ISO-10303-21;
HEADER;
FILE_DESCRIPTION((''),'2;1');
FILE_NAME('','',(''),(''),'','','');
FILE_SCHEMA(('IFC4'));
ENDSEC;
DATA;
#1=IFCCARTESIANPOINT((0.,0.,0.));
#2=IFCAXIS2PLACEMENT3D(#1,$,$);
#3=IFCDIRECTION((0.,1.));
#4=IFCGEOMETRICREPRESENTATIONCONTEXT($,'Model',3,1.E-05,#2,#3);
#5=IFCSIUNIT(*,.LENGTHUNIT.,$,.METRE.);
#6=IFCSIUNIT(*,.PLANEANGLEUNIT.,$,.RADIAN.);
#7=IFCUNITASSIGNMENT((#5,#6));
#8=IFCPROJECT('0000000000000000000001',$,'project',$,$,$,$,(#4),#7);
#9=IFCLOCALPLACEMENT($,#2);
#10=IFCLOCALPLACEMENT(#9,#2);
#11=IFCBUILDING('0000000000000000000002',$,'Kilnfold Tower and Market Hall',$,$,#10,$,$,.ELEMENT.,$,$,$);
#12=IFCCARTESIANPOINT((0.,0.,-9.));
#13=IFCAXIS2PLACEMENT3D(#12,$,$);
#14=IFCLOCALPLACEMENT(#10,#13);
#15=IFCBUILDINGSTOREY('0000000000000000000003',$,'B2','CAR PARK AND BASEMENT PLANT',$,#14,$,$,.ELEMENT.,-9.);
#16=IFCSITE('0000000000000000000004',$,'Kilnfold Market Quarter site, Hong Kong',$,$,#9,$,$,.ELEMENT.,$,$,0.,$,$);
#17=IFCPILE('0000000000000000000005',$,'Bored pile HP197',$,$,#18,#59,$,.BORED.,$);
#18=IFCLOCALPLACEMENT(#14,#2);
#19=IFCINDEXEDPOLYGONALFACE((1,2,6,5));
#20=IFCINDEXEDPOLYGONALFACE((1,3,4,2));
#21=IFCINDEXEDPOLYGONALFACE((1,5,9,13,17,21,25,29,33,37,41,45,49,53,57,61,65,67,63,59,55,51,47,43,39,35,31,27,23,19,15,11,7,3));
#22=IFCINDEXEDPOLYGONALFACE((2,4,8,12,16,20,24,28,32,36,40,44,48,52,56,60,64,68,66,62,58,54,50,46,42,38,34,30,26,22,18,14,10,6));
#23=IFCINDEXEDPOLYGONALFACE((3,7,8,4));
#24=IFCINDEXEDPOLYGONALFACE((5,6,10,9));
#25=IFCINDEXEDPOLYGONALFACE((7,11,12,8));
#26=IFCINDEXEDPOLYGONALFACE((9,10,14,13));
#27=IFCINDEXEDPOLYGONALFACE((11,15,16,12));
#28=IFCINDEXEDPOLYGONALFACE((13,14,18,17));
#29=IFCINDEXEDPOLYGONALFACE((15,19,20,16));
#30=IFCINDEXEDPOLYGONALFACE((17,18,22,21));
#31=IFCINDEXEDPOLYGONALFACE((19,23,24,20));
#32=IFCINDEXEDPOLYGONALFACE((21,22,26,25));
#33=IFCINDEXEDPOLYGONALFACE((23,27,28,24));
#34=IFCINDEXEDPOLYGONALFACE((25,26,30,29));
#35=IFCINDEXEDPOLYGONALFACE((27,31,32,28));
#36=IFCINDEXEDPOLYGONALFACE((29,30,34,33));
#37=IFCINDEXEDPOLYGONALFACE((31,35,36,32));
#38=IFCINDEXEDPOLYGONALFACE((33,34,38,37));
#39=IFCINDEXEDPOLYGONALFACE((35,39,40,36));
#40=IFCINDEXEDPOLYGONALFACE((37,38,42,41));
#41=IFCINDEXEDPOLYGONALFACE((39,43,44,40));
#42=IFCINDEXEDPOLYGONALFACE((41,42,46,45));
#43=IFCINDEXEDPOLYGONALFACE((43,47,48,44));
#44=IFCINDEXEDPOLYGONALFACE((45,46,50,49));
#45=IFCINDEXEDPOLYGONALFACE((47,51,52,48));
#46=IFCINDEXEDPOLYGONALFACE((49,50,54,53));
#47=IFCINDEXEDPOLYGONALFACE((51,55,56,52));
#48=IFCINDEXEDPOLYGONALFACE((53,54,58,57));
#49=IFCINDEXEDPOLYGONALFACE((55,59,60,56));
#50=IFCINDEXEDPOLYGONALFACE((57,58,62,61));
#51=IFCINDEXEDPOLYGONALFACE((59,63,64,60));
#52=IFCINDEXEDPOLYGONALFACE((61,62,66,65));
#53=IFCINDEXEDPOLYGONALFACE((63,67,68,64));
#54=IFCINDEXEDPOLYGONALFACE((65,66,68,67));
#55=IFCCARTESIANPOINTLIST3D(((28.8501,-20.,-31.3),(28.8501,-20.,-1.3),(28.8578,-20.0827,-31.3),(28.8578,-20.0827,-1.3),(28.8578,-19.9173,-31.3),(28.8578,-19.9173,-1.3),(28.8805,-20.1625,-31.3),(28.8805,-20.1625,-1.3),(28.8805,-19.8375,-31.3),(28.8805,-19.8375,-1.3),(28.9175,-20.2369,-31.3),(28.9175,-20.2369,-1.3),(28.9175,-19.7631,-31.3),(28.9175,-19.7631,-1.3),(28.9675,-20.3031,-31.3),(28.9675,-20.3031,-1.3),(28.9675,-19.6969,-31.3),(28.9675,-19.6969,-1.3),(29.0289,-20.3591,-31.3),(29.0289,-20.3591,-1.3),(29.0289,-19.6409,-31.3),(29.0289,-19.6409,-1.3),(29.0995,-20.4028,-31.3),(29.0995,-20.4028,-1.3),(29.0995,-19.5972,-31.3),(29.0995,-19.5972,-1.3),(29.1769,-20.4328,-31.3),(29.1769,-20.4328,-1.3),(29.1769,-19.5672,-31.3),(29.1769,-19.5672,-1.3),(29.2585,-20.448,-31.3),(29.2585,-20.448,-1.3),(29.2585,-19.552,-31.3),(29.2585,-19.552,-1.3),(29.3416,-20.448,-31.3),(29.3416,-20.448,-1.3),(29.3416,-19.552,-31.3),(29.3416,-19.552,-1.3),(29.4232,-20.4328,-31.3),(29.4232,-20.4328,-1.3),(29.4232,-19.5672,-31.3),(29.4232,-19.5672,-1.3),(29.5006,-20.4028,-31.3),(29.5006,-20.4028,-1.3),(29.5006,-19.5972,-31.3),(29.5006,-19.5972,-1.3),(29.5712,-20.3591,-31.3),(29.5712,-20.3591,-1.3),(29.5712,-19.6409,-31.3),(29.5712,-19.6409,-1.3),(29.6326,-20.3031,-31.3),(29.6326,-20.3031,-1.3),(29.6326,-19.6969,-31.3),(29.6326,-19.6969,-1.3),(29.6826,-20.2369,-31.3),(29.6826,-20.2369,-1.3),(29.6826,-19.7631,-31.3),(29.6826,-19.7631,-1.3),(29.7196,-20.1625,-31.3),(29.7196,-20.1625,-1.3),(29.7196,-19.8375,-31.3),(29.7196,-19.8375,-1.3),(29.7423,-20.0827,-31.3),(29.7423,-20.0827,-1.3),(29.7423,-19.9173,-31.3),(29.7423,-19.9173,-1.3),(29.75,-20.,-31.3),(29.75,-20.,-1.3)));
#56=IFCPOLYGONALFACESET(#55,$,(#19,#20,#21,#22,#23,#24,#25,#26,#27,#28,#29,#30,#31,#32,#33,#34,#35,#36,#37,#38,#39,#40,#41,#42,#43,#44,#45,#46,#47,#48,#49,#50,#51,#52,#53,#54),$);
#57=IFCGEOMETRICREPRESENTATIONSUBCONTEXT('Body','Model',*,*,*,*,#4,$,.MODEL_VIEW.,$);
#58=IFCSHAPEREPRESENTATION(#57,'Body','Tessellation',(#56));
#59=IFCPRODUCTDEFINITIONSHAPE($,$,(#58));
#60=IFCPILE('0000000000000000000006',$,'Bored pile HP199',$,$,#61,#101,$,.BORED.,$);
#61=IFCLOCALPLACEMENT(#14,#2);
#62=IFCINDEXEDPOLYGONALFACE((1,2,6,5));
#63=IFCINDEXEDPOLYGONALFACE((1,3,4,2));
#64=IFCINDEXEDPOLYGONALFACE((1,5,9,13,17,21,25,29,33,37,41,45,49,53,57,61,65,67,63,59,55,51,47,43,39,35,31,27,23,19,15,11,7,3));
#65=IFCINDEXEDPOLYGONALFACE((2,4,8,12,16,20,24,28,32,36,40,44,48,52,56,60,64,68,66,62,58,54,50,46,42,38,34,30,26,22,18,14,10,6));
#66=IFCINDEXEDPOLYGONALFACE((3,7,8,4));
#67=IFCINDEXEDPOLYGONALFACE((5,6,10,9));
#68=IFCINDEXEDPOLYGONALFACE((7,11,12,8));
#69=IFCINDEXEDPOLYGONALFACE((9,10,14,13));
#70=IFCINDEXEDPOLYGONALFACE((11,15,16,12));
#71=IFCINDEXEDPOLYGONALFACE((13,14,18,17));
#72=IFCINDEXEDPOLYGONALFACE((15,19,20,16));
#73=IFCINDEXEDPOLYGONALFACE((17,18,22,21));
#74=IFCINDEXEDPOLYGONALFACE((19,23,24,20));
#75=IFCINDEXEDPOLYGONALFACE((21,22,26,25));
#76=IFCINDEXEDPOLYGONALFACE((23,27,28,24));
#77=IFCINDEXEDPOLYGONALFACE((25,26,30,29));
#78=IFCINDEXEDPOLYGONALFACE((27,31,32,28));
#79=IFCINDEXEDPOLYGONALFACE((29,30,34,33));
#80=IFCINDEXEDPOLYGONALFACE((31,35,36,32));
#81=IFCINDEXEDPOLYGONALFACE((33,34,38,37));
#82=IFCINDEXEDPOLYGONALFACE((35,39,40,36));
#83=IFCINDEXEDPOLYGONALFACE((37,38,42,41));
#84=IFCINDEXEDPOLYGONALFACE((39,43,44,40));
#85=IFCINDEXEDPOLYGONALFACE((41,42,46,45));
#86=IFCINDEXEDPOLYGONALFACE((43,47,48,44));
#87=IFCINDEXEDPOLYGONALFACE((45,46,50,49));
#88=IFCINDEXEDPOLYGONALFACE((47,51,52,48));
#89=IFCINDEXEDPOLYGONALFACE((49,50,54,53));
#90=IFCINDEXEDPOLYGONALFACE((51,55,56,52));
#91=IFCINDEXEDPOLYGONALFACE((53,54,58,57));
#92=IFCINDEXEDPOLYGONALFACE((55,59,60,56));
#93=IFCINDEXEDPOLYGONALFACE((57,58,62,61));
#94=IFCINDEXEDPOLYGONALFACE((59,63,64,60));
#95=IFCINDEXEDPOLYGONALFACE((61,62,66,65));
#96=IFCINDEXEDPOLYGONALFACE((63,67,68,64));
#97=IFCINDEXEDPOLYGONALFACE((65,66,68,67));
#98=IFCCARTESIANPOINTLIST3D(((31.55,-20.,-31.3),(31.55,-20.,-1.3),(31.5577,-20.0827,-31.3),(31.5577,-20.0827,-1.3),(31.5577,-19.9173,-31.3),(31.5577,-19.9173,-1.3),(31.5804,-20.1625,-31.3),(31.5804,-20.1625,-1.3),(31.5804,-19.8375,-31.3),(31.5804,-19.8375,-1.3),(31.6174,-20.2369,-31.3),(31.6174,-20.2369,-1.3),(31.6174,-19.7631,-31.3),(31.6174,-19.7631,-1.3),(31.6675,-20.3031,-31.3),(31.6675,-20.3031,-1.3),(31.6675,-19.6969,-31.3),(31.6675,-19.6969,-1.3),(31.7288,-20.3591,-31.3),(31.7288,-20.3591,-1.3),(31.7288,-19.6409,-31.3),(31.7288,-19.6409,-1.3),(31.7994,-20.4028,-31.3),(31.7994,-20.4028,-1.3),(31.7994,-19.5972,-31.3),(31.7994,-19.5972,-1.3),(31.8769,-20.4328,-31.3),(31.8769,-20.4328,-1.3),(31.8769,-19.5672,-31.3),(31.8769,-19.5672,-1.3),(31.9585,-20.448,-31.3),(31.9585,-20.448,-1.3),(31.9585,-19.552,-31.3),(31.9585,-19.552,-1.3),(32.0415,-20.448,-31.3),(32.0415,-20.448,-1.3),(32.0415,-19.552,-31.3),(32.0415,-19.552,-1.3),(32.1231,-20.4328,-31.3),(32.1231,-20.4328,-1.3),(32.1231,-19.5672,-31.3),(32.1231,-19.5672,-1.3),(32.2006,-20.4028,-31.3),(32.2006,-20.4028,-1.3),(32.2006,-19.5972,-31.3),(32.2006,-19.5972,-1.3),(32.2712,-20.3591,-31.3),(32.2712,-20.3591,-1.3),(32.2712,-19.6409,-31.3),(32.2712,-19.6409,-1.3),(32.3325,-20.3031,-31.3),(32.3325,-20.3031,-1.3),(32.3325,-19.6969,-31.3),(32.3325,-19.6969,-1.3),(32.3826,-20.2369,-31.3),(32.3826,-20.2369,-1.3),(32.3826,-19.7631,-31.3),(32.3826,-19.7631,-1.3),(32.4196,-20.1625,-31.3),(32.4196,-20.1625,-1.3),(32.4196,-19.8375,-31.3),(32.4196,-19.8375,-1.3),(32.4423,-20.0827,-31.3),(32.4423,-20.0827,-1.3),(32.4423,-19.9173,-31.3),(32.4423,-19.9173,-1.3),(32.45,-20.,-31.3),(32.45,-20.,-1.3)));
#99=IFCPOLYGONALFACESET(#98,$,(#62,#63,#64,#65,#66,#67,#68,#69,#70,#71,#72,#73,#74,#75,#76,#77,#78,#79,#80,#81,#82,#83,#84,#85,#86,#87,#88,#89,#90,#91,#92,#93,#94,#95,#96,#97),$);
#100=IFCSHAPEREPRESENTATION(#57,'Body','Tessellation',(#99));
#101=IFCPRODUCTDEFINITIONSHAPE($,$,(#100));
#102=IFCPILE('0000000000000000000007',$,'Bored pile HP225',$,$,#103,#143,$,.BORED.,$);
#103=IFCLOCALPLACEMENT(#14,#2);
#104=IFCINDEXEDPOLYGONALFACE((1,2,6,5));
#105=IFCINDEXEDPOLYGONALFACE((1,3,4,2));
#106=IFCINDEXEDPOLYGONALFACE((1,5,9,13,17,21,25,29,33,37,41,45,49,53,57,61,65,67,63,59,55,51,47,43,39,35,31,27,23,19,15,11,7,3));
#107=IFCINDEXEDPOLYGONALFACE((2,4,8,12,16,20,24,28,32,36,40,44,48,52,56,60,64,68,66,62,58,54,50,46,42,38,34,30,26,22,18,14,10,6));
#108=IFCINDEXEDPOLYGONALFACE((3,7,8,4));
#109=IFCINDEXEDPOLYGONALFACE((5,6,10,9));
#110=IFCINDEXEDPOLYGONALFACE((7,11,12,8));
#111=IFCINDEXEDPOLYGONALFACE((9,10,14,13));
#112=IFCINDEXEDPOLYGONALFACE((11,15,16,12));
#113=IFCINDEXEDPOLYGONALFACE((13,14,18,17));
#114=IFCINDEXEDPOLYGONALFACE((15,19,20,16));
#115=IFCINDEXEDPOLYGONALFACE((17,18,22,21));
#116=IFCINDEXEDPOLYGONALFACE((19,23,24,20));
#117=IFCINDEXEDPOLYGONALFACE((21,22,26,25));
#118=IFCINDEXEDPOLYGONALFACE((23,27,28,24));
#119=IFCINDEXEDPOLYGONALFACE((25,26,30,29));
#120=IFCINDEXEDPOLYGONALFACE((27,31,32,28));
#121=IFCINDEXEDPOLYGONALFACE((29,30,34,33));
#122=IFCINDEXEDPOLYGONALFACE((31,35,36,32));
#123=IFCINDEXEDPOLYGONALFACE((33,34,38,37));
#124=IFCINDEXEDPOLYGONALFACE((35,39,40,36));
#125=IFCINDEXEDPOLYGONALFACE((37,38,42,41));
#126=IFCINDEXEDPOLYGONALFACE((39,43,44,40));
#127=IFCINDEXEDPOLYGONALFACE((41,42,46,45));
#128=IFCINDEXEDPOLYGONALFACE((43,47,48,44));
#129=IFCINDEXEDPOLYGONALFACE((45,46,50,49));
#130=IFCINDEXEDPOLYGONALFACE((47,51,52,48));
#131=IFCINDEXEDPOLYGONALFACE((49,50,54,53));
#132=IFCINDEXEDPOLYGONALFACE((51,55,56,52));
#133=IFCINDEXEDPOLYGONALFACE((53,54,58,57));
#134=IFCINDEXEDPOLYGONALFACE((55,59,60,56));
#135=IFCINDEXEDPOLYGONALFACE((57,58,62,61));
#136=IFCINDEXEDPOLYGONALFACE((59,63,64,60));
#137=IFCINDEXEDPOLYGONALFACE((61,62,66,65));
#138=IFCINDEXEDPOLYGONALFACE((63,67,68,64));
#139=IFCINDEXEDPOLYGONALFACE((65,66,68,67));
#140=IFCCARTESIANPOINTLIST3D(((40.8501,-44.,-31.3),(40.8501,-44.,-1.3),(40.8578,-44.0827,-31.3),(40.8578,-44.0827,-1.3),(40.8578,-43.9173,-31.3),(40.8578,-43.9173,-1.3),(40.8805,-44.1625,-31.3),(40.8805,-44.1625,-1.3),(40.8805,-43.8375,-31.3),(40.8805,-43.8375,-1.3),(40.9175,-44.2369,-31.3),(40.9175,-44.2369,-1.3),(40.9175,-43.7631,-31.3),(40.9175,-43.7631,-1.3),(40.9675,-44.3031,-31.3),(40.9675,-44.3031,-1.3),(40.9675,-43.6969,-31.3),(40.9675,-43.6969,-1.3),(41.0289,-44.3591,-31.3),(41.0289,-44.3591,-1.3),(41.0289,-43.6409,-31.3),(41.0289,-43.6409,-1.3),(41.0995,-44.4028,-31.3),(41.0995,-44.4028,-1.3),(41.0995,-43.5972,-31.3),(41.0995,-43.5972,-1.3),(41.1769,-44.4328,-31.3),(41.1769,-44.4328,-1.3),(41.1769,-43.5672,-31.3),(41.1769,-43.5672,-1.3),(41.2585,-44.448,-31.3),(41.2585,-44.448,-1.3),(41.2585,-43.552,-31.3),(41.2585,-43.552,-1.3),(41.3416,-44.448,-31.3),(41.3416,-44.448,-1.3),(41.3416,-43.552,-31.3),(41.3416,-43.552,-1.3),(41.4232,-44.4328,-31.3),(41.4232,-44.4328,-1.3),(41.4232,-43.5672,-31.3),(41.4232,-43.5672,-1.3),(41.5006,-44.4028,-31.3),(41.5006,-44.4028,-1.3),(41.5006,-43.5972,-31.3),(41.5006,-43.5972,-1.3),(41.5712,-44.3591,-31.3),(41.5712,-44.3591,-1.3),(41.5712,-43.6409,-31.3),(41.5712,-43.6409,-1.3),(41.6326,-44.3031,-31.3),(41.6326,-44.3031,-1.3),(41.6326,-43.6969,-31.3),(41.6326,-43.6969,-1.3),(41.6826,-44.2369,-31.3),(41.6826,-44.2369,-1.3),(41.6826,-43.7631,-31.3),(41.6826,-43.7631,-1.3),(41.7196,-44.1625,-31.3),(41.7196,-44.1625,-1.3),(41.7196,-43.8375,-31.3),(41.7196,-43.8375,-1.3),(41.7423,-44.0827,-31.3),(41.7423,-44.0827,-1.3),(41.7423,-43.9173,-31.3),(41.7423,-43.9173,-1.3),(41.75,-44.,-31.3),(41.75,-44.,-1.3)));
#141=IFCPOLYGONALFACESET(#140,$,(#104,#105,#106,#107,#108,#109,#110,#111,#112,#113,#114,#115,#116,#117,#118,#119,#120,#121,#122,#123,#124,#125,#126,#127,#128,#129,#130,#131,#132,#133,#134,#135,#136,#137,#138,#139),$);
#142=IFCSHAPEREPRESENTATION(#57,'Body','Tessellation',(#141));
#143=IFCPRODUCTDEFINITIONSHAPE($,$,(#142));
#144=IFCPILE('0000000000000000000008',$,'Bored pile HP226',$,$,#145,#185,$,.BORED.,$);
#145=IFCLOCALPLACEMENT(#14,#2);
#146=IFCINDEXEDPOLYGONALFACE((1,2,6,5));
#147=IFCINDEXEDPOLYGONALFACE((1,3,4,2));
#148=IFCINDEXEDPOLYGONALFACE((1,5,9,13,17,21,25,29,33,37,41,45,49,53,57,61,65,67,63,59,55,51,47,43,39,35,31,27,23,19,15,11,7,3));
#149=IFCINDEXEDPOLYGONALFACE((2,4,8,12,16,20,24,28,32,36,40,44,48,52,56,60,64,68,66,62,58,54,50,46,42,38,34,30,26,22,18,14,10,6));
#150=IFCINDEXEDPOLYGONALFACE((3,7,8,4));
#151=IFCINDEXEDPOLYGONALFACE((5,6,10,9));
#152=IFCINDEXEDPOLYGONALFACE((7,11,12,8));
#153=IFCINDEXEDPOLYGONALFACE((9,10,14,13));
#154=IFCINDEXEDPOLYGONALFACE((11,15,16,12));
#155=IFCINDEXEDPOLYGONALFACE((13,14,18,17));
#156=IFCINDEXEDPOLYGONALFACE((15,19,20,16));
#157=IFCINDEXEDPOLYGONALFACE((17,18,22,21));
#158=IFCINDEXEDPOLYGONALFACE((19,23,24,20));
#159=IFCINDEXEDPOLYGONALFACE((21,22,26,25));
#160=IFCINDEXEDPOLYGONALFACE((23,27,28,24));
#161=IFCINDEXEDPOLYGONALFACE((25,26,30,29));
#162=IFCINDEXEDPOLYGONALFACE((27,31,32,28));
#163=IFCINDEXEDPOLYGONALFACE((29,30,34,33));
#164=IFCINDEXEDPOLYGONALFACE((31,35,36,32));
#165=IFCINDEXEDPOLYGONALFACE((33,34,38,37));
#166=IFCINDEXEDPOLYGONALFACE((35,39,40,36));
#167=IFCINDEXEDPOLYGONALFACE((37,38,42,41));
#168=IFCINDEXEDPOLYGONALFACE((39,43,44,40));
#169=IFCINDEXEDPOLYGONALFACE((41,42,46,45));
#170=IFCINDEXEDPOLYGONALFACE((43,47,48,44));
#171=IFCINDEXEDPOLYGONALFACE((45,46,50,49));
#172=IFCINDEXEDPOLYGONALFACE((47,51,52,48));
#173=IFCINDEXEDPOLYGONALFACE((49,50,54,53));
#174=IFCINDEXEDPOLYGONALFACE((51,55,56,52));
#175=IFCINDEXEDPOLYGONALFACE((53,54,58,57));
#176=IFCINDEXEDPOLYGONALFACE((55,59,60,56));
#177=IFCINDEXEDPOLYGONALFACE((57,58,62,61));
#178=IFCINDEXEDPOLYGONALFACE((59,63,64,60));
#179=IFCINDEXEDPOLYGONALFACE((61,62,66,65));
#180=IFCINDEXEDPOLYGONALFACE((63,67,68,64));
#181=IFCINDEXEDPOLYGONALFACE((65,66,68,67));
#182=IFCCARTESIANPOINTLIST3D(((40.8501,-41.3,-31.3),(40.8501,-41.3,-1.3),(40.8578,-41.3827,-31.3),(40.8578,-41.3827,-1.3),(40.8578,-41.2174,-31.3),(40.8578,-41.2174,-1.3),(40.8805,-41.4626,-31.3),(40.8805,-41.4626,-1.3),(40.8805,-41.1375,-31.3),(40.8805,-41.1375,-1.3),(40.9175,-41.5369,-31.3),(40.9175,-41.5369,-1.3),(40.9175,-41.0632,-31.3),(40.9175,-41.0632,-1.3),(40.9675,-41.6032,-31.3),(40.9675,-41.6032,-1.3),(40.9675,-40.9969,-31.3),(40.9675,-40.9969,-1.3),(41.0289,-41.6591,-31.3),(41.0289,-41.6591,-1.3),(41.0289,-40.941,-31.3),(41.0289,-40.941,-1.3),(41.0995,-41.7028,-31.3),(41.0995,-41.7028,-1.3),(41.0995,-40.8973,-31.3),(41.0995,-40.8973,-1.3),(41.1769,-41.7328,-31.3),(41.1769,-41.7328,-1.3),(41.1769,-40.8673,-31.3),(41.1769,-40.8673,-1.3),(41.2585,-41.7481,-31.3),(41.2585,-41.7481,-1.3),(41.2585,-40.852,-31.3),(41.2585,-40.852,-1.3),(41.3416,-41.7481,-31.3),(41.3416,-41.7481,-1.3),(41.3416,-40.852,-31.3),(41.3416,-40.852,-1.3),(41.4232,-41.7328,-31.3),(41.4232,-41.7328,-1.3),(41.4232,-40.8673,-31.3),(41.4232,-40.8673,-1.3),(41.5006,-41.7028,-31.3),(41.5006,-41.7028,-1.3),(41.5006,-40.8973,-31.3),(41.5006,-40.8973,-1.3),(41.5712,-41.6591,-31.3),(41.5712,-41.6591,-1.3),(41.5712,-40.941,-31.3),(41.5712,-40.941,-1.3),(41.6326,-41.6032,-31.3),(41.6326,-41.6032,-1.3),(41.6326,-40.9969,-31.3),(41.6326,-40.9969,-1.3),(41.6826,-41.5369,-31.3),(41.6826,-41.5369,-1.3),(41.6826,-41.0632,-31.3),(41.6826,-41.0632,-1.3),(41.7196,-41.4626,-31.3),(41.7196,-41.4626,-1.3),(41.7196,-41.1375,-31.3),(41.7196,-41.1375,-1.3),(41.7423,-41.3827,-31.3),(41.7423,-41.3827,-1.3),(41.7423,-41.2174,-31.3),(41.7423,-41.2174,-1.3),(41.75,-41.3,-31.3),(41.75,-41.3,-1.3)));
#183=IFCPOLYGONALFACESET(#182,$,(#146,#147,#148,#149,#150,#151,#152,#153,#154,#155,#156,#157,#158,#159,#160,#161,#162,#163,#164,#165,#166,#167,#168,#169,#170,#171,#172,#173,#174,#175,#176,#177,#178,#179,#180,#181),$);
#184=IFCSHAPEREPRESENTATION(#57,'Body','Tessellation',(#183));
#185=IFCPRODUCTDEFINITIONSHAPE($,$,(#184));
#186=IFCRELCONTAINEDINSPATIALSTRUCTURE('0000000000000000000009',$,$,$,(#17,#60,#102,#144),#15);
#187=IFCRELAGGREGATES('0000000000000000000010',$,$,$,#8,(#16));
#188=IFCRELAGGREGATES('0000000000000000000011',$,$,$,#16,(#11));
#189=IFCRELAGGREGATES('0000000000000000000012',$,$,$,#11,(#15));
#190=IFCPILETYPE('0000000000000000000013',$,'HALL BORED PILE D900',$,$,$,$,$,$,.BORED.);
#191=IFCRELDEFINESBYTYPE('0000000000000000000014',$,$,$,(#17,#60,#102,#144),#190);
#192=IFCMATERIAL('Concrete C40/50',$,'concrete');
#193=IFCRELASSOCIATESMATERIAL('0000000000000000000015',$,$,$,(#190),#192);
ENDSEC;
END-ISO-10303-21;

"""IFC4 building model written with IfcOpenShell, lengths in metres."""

from ifc_helpers import new_model, si_unit, direction, frame, origin, origin_2d, place, context, subcontext, project, spatial, circle, extrude, source, transform, mapped, material, material_profile, profile_set, type_object, element, save


model = new_model("IFC4")

# Units and contexts
model_context = context("Model", 3, precision=1e-05, world=origin(), true_north=direction((0.0, 1.0)))
body_context = subcontext(model_context, "Body", "Model", "MODEL_VIEW")
ifc_project = project(units=[si_unit("LENGTHUNIT", "METRE"), si_unit("PLANEANGLEUNIT", "RADIAN")], contexts=[model_context])

# Site, building, storey
site_placement = place(None, origin())
site = spatial("IfcSite", under=ifc_project, at=site_placement, Name="Kilnfold Market Quarter site, Hong Kong", CompositionType="ELEMENT", RefElevation=0.0)
building_placement = place(site_placement, origin())
building = spatial("IfcBuilding", under=site, at=building_placement, Name="Kilnfold Tower and Market Hall", CompositionType="ELEMENT")
storey_placement = place(building_placement, frame((0.0, 0.0, -9.0)))
storey = spatial("IfcBuildingStorey", under=building, at=storey_placement, Name="B2", Description="CAR PARK AND BASEMENT PLANT", CompositionType="ELEMENT", Elevation=-9.0)

# Piles
ifc_material_1 = material(Name="Concrete C40/50", Category="concrete")
ifc_material_profile_1 = material_profile(ifc_material_1, circle(Radius=0.45, at=origin_2d()), Name="D900")
ifc_profile_set_1 = profile_set([ifc_material_profile_1], Name="Concrete C40/50")
pile_type = type_object("IfcPileType", Name="HALL BORED PILE D900", PredefinedType="BORED", material=ifc_profile_set_1)
shared_shape_1 = source(origin(), body_context, "Body", "SweptSolid", [
    extrude(circle(Radius=0.45, at=origin_2d()), origin(), (0.0, 0.0, 1.0), 30.0),
])
for number, where, z_axis, x_axis, name in (
    (1, (29.3, -20.0, -1.3), (0.0, 0.0, -1.0), (1.0, 0.0, 0.0), "Bored pile HP197"),
    (2, (32.0, -20.0, -1.3), (0.0, 0.0, -1.0), (1.0, 0.0, 0.0), "Bored pile HP199"),
    (3, (41.3, -44.0, -1.3), (0.0, 0.0, -1.0), (1.0, 0.0, 0.0), "Bored pile HP225"),
    (4, (41.3, -41.3, -1.3), (0.0, 0.0, -1.0), (1.0, 0.0, 0.0), "Bored pile HP226"),
):
    element("IfcPile", number, at=place(storey_placement, frame(where, z_axis=z_axis, x_axis=x_axis)), inside=storey, type_object=pile_type, Name=name, PredefinedType="BORED", context=body_context, shape_type="MappedRepresentation", body=[
        mapped(shared_shape_1, transform((0.0, 0.0, 0.0))),
    ])

save(model, "model.ifc")
